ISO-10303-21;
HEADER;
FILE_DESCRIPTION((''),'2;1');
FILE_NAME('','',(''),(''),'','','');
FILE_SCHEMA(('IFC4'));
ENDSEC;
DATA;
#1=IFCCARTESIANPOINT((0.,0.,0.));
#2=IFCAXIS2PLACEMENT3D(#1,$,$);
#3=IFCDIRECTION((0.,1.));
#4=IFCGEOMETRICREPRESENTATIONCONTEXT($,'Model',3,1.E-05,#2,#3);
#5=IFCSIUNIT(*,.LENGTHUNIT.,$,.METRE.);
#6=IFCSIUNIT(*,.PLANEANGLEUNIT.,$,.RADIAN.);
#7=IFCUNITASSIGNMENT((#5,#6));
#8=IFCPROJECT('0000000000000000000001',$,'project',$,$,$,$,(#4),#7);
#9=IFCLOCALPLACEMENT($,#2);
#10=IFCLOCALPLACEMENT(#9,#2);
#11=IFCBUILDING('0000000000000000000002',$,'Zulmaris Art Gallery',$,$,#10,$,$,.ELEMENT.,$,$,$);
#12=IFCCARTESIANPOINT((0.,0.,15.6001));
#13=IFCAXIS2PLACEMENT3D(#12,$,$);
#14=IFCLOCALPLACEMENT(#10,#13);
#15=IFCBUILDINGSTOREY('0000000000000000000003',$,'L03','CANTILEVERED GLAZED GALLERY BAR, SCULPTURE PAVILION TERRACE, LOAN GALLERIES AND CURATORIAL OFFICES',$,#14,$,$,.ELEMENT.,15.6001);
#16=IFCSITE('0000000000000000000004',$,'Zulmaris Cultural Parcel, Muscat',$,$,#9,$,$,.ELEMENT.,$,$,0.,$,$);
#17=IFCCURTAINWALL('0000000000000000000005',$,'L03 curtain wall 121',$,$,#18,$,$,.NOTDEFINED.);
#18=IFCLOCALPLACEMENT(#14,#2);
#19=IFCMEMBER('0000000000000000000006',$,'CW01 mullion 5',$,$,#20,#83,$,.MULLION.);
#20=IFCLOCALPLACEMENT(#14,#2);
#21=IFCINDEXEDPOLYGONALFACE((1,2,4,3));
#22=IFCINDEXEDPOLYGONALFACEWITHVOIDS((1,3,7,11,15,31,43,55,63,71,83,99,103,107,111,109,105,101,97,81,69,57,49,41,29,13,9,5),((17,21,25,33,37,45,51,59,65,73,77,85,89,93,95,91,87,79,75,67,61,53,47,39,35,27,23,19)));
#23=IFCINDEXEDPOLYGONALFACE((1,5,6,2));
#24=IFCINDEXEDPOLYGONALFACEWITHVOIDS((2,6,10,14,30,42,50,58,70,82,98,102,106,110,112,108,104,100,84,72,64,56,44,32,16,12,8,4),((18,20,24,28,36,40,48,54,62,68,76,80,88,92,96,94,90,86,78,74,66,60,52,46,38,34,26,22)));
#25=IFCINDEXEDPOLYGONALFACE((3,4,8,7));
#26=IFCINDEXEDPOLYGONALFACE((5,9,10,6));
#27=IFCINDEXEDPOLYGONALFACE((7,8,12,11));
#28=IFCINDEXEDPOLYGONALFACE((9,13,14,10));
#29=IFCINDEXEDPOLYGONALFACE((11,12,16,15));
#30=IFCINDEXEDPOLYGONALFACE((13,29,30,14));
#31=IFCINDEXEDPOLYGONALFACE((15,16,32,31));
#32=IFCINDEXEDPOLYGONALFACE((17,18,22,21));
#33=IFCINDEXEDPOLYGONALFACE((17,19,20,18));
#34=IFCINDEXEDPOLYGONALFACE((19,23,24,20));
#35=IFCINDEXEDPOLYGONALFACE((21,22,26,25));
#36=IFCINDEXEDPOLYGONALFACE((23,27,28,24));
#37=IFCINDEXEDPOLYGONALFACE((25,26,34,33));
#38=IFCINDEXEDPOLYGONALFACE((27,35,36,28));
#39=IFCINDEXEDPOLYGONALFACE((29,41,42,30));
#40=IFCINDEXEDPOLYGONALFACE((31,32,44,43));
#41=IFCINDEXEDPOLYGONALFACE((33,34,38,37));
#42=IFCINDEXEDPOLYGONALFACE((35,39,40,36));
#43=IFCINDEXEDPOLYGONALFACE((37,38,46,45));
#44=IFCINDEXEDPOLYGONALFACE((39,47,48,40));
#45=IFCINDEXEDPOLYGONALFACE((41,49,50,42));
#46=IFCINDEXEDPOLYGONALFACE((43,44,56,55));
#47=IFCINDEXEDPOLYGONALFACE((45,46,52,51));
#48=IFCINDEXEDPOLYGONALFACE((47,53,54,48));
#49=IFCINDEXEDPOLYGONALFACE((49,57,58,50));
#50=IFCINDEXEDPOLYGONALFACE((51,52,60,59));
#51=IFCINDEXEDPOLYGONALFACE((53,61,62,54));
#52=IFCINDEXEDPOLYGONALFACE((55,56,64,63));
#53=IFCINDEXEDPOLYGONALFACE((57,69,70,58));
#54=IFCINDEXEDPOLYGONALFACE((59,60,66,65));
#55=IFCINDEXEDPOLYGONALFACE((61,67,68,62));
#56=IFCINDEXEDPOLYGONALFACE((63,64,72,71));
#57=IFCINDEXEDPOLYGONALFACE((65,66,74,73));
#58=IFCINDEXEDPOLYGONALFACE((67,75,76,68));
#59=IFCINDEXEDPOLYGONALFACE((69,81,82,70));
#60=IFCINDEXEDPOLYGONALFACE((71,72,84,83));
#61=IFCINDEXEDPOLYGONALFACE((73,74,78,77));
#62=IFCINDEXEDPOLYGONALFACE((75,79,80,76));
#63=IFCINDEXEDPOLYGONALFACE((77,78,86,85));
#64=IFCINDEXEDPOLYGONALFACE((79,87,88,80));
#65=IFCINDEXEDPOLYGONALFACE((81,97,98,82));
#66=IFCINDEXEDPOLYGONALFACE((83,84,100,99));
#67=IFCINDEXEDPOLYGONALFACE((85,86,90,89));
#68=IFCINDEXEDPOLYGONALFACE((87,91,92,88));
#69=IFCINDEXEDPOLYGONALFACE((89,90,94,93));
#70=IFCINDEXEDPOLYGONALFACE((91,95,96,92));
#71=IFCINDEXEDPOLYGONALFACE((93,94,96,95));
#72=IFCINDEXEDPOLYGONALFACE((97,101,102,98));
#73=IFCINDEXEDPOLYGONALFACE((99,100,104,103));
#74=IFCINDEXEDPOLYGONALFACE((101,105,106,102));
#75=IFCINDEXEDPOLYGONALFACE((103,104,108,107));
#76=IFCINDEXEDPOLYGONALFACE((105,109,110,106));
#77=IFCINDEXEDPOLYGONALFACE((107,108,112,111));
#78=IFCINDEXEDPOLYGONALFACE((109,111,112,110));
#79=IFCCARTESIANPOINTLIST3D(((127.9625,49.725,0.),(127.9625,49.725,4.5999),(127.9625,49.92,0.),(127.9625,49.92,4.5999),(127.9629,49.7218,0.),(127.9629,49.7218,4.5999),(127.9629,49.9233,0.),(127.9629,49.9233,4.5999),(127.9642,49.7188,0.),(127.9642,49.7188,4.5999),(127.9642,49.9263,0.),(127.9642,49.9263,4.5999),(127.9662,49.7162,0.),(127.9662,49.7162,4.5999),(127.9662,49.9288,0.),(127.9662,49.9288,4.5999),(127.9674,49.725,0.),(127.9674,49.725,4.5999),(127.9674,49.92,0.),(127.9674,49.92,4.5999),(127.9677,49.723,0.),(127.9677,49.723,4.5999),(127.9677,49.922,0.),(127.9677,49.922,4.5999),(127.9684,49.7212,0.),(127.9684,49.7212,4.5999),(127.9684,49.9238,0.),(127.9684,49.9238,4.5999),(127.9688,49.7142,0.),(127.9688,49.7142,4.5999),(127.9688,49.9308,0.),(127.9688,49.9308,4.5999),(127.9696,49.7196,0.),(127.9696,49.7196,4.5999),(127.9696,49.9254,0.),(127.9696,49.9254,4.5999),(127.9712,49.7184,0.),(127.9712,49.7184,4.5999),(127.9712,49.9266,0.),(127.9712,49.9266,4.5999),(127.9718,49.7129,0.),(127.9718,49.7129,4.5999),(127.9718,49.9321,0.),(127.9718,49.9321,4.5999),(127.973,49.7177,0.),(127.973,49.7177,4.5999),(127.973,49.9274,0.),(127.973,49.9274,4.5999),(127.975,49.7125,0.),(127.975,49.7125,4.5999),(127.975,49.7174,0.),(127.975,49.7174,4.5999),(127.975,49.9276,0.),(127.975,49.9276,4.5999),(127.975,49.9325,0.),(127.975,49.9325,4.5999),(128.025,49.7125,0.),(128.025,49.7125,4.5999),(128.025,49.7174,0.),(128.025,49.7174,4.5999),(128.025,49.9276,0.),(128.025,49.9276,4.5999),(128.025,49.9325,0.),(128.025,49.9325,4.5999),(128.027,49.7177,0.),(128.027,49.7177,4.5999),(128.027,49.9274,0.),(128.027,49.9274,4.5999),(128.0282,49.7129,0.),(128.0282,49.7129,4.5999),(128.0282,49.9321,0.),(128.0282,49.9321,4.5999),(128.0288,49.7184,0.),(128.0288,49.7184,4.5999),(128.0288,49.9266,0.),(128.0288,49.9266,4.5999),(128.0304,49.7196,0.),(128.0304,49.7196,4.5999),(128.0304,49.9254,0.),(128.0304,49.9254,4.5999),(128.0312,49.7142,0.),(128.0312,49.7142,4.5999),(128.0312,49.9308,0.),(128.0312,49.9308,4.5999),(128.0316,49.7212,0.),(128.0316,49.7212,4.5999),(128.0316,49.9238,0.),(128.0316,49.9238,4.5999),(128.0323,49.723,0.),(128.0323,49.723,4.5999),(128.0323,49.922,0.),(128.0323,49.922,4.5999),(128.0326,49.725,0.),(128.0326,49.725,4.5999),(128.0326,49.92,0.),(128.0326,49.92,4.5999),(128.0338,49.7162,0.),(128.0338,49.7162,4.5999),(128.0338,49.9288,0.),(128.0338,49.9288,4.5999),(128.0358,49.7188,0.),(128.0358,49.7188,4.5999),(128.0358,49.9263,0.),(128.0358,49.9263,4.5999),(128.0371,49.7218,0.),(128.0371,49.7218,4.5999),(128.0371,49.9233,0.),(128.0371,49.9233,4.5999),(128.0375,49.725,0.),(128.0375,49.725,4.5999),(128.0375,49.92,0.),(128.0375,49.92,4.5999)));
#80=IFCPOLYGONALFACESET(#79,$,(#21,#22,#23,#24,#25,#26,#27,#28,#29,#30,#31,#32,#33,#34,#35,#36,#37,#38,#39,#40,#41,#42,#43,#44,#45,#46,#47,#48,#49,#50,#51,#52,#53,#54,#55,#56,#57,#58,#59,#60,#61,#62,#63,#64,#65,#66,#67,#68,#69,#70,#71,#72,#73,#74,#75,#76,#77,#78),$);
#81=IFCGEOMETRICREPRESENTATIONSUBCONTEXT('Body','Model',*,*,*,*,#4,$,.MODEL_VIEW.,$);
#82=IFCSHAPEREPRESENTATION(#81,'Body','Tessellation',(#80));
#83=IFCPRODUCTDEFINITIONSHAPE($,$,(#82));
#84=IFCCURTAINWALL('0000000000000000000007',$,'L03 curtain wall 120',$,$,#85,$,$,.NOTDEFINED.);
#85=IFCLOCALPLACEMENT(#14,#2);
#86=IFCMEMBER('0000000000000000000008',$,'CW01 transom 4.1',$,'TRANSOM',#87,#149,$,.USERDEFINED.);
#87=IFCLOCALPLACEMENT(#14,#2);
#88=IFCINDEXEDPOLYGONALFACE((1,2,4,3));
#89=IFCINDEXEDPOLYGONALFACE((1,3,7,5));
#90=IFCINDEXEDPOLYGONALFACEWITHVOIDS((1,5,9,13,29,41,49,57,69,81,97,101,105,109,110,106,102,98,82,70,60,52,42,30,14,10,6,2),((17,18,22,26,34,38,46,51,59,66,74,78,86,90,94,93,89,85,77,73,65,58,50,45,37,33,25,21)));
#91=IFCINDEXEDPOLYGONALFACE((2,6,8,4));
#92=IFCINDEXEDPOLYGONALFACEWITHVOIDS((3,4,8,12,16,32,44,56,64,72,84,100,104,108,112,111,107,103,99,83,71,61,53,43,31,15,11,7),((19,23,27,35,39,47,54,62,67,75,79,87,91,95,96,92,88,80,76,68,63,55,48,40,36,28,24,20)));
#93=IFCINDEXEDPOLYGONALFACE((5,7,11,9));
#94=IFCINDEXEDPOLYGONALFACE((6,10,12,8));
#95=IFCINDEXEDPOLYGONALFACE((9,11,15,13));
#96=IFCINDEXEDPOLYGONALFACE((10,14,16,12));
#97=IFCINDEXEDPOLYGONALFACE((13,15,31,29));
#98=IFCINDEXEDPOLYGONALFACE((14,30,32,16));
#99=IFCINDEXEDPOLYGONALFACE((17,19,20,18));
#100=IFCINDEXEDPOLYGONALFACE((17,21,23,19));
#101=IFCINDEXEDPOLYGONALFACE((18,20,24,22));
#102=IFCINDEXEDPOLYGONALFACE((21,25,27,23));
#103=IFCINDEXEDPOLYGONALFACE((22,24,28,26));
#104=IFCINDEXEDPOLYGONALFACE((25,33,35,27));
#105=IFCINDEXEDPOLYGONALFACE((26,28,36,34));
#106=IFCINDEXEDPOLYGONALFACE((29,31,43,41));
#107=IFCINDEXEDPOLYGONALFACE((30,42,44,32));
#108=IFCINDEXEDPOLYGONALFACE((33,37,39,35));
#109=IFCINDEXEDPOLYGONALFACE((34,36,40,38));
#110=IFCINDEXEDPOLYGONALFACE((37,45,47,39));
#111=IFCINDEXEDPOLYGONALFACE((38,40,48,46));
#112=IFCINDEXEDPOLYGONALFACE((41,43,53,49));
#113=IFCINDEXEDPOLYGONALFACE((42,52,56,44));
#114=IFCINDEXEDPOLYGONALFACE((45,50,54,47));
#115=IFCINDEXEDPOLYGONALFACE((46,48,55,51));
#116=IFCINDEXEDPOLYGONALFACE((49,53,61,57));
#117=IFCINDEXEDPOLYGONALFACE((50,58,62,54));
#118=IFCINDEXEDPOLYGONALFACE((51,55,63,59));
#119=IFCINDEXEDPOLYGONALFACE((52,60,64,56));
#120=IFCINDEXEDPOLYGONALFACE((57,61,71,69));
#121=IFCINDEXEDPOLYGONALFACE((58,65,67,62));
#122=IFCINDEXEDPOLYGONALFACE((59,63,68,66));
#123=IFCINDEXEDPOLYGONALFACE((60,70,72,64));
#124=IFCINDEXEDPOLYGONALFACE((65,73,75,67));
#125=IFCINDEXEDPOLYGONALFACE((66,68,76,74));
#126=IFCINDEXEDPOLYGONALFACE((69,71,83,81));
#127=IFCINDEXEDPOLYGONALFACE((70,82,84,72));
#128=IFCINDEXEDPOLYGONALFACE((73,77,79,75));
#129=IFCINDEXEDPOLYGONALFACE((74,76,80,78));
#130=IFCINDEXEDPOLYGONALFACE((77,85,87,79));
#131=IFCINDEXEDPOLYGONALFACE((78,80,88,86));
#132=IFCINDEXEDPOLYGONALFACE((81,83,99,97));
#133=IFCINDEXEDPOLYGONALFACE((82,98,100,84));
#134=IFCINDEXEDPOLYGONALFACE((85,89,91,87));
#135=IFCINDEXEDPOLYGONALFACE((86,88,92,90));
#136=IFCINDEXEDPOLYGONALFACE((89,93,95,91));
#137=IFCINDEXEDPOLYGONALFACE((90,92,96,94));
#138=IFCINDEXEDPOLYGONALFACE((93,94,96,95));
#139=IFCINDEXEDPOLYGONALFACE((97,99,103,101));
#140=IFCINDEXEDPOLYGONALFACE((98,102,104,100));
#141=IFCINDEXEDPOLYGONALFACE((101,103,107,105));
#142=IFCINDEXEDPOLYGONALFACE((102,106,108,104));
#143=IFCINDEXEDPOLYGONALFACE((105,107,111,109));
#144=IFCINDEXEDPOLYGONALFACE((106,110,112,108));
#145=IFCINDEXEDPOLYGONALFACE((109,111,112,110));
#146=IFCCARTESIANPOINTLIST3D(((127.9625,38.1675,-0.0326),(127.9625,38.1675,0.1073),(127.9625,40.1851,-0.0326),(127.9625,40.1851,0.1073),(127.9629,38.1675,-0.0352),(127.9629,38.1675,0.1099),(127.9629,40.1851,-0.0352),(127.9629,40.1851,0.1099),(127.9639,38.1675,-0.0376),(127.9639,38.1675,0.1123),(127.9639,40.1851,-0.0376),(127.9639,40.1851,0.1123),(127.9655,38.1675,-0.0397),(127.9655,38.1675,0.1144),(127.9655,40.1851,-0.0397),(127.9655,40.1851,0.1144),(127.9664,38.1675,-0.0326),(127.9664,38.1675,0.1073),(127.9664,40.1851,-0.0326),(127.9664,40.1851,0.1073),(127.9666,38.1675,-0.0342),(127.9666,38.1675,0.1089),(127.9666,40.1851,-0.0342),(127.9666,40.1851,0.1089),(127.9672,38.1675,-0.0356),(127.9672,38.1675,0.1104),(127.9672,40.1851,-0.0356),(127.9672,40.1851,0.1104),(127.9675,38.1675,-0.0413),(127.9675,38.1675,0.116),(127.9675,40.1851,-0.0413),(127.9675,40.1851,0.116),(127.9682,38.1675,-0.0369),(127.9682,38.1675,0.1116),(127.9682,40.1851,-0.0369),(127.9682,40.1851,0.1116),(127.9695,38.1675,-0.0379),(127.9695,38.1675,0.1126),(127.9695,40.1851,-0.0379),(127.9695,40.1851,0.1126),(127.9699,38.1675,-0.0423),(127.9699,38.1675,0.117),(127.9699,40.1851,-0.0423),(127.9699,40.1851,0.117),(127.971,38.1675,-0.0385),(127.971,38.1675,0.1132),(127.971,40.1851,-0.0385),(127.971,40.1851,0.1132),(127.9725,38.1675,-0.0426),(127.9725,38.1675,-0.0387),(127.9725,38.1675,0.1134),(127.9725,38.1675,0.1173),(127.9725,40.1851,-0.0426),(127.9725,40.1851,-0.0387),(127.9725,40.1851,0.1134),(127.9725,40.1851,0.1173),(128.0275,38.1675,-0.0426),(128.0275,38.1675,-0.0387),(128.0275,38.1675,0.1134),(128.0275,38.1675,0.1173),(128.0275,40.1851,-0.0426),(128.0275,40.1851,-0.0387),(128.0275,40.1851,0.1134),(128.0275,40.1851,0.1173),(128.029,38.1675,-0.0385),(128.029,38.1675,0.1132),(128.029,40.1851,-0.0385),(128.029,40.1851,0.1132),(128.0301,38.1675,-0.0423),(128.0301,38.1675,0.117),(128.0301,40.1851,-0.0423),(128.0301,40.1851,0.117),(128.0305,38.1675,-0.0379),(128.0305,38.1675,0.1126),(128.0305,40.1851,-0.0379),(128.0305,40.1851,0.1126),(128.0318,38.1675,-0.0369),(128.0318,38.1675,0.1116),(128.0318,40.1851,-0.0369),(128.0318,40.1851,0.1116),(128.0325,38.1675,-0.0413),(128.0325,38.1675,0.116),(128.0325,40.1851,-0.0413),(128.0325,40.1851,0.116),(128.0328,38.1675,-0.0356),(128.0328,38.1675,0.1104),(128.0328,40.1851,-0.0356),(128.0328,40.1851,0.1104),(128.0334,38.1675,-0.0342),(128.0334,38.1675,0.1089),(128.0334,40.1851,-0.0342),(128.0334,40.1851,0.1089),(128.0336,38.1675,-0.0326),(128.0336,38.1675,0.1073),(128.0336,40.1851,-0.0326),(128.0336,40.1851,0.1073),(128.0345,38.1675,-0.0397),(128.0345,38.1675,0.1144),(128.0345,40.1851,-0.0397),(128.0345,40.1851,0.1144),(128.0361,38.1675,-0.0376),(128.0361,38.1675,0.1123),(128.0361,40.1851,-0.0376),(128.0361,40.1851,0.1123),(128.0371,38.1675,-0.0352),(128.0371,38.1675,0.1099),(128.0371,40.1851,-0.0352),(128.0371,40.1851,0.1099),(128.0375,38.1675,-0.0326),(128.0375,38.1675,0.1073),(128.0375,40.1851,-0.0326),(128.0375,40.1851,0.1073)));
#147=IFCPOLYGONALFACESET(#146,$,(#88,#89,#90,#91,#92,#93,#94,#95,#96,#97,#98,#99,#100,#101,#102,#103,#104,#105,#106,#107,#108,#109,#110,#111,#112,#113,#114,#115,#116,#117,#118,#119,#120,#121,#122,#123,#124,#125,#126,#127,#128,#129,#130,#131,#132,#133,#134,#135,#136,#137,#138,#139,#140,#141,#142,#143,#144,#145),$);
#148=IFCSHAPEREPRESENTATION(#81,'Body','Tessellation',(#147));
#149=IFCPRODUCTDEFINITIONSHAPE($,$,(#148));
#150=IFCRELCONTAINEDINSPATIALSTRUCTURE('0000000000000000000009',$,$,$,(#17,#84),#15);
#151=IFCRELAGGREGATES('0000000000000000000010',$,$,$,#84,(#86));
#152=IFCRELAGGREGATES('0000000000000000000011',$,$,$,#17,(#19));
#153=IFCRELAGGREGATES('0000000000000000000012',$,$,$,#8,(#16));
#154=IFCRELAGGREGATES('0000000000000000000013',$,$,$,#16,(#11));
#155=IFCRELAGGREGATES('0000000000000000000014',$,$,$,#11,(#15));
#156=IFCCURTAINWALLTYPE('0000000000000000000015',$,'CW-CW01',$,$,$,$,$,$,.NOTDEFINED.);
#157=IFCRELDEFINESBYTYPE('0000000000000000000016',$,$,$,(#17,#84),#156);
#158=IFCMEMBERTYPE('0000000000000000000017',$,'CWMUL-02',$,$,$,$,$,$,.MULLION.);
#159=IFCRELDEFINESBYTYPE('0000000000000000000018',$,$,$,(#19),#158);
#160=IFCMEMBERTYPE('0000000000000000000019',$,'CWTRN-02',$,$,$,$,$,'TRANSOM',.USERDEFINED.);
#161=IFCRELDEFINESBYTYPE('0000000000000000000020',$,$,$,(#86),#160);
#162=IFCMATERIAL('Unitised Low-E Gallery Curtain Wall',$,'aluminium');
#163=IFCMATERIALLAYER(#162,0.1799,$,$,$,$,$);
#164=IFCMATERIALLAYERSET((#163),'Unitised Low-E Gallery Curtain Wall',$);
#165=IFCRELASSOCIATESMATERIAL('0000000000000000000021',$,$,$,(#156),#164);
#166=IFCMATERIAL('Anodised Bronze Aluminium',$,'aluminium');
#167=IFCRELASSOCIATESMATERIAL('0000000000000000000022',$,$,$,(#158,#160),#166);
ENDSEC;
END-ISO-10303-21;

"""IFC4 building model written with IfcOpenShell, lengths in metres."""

from ifc_helpers import new_model, si_unit, direction, frame, origin, origin_2d, place, context, subcontext, project, spatial, hollow_rectangle, extrude, material, layer, layer_set, material_profile, profile_set, type_object, element, aggregate, save


model = new_model("IFC4")

# Units and contexts
model_context = context("Model", 3, precision=1e-05, world=origin(), true_north=direction((0.0, 1.0)))
body_context = subcontext(model_context, "Body", "Model", "MODEL_VIEW")
ifc_project = project(units=[si_unit("LENGTHUNIT", "METRE"), si_unit("PLANEANGLEUNIT", "RADIAN")], contexts=[model_context])

# Site, building, storey
site_placement = place(None, origin())
site = spatial("IfcSite", under=ifc_project, at=site_placement, Name="Zulmaris Cultural Parcel, Muscat", CompositionType="ELEMENT", RefElevation=0.0)
building_placement = place(site_placement, origin())
building = spatial("IfcBuilding", under=site, at=building_placement, Name="Zulmaris Art Gallery", CompositionType="ELEMENT")
storey_placement = place(building_placement, frame((0.0, 0.0, 15.6001)))
storey = spatial("IfcBuildingStorey", under=building, at=storey_placement, Name="L03", Description="CANTILEVERED GLAZED GALLERY BAR, SCULPTURE PAVILION TERRACE, LOAN GALLERIES AND CURATORIAL OFFICES", CompositionType="ELEMENT", Elevation=15.6001)

# Curtain walls, members
ifc_material_1 = material(Name="Unitised Low-E Gallery Curtain Wall", Category="aluminium")
ifc_layer_1 = layer(ifc_material_1, 0.1799)
ifc_layer_set_1 = layer_set([ifc_layer_1], Name="Unitised Low-E Gallery Curtain Wall")
curtain_wall_type = type_object("IfcCurtainWallType", Name="CW-CW01", PredefinedType="NOTDEFINED", material=ifc_layer_set_1)
curtain_wall_1_placement = place(storey_placement, origin())
curtain_wall_1 = element("IfcCurtainWall", 1, at=curtain_wall_1_placement, inside=storey, type_object=curtain_wall_type, Name="L03 curtain wall 121", PredefinedType="NOTDEFINED")
ifc_material_2 = material(Name="Anodised Bronze Aluminium", Category="aluminium")
ifc_material_profile_1 = material_profile(ifc_material_2, hollow_rectangle(XDim=0.075, YDim=0.22, WallThickness=0.0049, InnerFilletRadius=0.0076, OuterFilletRadius=0.0125, at=origin_2d()), Name="ALU 75x220x5")
ifc_profile_set_1 = profile_set([ifc_material_profile_1], Name="Anodised Bronze Aluminium")
member_type_1 = type_object("IfcMemberType", Name="CWMUL-02", PredefinedType="MULLION", material=ifc_profile_set_1)
member_1_placement = place(storey_placement, frame((128.0, 49.8225, 0.0), z_axis=(0.0, 0.0, 1.0), x_axis=(-1.0, 0.0, 0.0)))
member_1 = element("IfcMember", 2, at=member_1_placement, type_object=member_type_1, Name="CW01 mullion 5", PredefinedType="MULLION", context=body_context, shape_type="SweptSolid", body=[
    extrude(hollow_rectangle(XDim=0.075, YDim=0.22, WallThickness=0.0049, InnerFilletRadius=0.0076, OuterFilletRadius=0.0125, at=origin_2d()), origin(), (0.0, 0.0, 1.0), 4.5999),
])
curtain_wall_2_placement = place(storey_placement, origin())
curtain_wall_2 = element("IfcCurtainWall", 3, at=curtain_wall_2_placement, inside=storey, type_object=curtain_wall_type, Name="L03 curtain wall 120", PredefinedType="NOTDEFINED")
ifc_material_profile_2 = material_profile(ifc_material_2, hollow_rectangle(XDim=0.075, YDim=0.1599, WallThickness=0.0039, InnerFilletRadius=0.0061, OuterFilletRadius=0.01, at=origin_2d()), Name="ALU 75x160x4")
ifc_profile_set_2 = profile_set([ifc_material_profile_2], Name="Anodised Bronze Aluminium")
member_type_2 = type_object("IfcMemberType", Name="CWTRN-02", ElementType="TRANSOM", PredefinedType="USERDEFINED", material=ifc_profile_set_2)
member_2_placement = place(storey_placement, frame((128.0, 38.1675, 0.0374), z_axis=(0.0, 1.0, 0.0), x_axis=(-1.0, 0.0, 0.0)))
member_2 = element("IfcMember", 4, at=member_2_placement, type_object=member_type_2, Name="CW01 transom 4.1", ObjectType="TRANSOM", PredefinedType="USERDEFINED", context=body_context, shape_type="SweptSolid", body=[
    extrude(hollow_rectangle(XDim=0.075, YDim=0.1599, WallThickness=0.0039, InnerFilletRadius=0.0061, OuterFilletRadius=0.01, at=origin_2d()), origin(), (0.0, 0.0, 1.0), 2.0176),
])

aggregate(curtain_wall_2, [member_2])
aggregate(curtain_wall_1, [member_1])

save(model, "model.ifc")
